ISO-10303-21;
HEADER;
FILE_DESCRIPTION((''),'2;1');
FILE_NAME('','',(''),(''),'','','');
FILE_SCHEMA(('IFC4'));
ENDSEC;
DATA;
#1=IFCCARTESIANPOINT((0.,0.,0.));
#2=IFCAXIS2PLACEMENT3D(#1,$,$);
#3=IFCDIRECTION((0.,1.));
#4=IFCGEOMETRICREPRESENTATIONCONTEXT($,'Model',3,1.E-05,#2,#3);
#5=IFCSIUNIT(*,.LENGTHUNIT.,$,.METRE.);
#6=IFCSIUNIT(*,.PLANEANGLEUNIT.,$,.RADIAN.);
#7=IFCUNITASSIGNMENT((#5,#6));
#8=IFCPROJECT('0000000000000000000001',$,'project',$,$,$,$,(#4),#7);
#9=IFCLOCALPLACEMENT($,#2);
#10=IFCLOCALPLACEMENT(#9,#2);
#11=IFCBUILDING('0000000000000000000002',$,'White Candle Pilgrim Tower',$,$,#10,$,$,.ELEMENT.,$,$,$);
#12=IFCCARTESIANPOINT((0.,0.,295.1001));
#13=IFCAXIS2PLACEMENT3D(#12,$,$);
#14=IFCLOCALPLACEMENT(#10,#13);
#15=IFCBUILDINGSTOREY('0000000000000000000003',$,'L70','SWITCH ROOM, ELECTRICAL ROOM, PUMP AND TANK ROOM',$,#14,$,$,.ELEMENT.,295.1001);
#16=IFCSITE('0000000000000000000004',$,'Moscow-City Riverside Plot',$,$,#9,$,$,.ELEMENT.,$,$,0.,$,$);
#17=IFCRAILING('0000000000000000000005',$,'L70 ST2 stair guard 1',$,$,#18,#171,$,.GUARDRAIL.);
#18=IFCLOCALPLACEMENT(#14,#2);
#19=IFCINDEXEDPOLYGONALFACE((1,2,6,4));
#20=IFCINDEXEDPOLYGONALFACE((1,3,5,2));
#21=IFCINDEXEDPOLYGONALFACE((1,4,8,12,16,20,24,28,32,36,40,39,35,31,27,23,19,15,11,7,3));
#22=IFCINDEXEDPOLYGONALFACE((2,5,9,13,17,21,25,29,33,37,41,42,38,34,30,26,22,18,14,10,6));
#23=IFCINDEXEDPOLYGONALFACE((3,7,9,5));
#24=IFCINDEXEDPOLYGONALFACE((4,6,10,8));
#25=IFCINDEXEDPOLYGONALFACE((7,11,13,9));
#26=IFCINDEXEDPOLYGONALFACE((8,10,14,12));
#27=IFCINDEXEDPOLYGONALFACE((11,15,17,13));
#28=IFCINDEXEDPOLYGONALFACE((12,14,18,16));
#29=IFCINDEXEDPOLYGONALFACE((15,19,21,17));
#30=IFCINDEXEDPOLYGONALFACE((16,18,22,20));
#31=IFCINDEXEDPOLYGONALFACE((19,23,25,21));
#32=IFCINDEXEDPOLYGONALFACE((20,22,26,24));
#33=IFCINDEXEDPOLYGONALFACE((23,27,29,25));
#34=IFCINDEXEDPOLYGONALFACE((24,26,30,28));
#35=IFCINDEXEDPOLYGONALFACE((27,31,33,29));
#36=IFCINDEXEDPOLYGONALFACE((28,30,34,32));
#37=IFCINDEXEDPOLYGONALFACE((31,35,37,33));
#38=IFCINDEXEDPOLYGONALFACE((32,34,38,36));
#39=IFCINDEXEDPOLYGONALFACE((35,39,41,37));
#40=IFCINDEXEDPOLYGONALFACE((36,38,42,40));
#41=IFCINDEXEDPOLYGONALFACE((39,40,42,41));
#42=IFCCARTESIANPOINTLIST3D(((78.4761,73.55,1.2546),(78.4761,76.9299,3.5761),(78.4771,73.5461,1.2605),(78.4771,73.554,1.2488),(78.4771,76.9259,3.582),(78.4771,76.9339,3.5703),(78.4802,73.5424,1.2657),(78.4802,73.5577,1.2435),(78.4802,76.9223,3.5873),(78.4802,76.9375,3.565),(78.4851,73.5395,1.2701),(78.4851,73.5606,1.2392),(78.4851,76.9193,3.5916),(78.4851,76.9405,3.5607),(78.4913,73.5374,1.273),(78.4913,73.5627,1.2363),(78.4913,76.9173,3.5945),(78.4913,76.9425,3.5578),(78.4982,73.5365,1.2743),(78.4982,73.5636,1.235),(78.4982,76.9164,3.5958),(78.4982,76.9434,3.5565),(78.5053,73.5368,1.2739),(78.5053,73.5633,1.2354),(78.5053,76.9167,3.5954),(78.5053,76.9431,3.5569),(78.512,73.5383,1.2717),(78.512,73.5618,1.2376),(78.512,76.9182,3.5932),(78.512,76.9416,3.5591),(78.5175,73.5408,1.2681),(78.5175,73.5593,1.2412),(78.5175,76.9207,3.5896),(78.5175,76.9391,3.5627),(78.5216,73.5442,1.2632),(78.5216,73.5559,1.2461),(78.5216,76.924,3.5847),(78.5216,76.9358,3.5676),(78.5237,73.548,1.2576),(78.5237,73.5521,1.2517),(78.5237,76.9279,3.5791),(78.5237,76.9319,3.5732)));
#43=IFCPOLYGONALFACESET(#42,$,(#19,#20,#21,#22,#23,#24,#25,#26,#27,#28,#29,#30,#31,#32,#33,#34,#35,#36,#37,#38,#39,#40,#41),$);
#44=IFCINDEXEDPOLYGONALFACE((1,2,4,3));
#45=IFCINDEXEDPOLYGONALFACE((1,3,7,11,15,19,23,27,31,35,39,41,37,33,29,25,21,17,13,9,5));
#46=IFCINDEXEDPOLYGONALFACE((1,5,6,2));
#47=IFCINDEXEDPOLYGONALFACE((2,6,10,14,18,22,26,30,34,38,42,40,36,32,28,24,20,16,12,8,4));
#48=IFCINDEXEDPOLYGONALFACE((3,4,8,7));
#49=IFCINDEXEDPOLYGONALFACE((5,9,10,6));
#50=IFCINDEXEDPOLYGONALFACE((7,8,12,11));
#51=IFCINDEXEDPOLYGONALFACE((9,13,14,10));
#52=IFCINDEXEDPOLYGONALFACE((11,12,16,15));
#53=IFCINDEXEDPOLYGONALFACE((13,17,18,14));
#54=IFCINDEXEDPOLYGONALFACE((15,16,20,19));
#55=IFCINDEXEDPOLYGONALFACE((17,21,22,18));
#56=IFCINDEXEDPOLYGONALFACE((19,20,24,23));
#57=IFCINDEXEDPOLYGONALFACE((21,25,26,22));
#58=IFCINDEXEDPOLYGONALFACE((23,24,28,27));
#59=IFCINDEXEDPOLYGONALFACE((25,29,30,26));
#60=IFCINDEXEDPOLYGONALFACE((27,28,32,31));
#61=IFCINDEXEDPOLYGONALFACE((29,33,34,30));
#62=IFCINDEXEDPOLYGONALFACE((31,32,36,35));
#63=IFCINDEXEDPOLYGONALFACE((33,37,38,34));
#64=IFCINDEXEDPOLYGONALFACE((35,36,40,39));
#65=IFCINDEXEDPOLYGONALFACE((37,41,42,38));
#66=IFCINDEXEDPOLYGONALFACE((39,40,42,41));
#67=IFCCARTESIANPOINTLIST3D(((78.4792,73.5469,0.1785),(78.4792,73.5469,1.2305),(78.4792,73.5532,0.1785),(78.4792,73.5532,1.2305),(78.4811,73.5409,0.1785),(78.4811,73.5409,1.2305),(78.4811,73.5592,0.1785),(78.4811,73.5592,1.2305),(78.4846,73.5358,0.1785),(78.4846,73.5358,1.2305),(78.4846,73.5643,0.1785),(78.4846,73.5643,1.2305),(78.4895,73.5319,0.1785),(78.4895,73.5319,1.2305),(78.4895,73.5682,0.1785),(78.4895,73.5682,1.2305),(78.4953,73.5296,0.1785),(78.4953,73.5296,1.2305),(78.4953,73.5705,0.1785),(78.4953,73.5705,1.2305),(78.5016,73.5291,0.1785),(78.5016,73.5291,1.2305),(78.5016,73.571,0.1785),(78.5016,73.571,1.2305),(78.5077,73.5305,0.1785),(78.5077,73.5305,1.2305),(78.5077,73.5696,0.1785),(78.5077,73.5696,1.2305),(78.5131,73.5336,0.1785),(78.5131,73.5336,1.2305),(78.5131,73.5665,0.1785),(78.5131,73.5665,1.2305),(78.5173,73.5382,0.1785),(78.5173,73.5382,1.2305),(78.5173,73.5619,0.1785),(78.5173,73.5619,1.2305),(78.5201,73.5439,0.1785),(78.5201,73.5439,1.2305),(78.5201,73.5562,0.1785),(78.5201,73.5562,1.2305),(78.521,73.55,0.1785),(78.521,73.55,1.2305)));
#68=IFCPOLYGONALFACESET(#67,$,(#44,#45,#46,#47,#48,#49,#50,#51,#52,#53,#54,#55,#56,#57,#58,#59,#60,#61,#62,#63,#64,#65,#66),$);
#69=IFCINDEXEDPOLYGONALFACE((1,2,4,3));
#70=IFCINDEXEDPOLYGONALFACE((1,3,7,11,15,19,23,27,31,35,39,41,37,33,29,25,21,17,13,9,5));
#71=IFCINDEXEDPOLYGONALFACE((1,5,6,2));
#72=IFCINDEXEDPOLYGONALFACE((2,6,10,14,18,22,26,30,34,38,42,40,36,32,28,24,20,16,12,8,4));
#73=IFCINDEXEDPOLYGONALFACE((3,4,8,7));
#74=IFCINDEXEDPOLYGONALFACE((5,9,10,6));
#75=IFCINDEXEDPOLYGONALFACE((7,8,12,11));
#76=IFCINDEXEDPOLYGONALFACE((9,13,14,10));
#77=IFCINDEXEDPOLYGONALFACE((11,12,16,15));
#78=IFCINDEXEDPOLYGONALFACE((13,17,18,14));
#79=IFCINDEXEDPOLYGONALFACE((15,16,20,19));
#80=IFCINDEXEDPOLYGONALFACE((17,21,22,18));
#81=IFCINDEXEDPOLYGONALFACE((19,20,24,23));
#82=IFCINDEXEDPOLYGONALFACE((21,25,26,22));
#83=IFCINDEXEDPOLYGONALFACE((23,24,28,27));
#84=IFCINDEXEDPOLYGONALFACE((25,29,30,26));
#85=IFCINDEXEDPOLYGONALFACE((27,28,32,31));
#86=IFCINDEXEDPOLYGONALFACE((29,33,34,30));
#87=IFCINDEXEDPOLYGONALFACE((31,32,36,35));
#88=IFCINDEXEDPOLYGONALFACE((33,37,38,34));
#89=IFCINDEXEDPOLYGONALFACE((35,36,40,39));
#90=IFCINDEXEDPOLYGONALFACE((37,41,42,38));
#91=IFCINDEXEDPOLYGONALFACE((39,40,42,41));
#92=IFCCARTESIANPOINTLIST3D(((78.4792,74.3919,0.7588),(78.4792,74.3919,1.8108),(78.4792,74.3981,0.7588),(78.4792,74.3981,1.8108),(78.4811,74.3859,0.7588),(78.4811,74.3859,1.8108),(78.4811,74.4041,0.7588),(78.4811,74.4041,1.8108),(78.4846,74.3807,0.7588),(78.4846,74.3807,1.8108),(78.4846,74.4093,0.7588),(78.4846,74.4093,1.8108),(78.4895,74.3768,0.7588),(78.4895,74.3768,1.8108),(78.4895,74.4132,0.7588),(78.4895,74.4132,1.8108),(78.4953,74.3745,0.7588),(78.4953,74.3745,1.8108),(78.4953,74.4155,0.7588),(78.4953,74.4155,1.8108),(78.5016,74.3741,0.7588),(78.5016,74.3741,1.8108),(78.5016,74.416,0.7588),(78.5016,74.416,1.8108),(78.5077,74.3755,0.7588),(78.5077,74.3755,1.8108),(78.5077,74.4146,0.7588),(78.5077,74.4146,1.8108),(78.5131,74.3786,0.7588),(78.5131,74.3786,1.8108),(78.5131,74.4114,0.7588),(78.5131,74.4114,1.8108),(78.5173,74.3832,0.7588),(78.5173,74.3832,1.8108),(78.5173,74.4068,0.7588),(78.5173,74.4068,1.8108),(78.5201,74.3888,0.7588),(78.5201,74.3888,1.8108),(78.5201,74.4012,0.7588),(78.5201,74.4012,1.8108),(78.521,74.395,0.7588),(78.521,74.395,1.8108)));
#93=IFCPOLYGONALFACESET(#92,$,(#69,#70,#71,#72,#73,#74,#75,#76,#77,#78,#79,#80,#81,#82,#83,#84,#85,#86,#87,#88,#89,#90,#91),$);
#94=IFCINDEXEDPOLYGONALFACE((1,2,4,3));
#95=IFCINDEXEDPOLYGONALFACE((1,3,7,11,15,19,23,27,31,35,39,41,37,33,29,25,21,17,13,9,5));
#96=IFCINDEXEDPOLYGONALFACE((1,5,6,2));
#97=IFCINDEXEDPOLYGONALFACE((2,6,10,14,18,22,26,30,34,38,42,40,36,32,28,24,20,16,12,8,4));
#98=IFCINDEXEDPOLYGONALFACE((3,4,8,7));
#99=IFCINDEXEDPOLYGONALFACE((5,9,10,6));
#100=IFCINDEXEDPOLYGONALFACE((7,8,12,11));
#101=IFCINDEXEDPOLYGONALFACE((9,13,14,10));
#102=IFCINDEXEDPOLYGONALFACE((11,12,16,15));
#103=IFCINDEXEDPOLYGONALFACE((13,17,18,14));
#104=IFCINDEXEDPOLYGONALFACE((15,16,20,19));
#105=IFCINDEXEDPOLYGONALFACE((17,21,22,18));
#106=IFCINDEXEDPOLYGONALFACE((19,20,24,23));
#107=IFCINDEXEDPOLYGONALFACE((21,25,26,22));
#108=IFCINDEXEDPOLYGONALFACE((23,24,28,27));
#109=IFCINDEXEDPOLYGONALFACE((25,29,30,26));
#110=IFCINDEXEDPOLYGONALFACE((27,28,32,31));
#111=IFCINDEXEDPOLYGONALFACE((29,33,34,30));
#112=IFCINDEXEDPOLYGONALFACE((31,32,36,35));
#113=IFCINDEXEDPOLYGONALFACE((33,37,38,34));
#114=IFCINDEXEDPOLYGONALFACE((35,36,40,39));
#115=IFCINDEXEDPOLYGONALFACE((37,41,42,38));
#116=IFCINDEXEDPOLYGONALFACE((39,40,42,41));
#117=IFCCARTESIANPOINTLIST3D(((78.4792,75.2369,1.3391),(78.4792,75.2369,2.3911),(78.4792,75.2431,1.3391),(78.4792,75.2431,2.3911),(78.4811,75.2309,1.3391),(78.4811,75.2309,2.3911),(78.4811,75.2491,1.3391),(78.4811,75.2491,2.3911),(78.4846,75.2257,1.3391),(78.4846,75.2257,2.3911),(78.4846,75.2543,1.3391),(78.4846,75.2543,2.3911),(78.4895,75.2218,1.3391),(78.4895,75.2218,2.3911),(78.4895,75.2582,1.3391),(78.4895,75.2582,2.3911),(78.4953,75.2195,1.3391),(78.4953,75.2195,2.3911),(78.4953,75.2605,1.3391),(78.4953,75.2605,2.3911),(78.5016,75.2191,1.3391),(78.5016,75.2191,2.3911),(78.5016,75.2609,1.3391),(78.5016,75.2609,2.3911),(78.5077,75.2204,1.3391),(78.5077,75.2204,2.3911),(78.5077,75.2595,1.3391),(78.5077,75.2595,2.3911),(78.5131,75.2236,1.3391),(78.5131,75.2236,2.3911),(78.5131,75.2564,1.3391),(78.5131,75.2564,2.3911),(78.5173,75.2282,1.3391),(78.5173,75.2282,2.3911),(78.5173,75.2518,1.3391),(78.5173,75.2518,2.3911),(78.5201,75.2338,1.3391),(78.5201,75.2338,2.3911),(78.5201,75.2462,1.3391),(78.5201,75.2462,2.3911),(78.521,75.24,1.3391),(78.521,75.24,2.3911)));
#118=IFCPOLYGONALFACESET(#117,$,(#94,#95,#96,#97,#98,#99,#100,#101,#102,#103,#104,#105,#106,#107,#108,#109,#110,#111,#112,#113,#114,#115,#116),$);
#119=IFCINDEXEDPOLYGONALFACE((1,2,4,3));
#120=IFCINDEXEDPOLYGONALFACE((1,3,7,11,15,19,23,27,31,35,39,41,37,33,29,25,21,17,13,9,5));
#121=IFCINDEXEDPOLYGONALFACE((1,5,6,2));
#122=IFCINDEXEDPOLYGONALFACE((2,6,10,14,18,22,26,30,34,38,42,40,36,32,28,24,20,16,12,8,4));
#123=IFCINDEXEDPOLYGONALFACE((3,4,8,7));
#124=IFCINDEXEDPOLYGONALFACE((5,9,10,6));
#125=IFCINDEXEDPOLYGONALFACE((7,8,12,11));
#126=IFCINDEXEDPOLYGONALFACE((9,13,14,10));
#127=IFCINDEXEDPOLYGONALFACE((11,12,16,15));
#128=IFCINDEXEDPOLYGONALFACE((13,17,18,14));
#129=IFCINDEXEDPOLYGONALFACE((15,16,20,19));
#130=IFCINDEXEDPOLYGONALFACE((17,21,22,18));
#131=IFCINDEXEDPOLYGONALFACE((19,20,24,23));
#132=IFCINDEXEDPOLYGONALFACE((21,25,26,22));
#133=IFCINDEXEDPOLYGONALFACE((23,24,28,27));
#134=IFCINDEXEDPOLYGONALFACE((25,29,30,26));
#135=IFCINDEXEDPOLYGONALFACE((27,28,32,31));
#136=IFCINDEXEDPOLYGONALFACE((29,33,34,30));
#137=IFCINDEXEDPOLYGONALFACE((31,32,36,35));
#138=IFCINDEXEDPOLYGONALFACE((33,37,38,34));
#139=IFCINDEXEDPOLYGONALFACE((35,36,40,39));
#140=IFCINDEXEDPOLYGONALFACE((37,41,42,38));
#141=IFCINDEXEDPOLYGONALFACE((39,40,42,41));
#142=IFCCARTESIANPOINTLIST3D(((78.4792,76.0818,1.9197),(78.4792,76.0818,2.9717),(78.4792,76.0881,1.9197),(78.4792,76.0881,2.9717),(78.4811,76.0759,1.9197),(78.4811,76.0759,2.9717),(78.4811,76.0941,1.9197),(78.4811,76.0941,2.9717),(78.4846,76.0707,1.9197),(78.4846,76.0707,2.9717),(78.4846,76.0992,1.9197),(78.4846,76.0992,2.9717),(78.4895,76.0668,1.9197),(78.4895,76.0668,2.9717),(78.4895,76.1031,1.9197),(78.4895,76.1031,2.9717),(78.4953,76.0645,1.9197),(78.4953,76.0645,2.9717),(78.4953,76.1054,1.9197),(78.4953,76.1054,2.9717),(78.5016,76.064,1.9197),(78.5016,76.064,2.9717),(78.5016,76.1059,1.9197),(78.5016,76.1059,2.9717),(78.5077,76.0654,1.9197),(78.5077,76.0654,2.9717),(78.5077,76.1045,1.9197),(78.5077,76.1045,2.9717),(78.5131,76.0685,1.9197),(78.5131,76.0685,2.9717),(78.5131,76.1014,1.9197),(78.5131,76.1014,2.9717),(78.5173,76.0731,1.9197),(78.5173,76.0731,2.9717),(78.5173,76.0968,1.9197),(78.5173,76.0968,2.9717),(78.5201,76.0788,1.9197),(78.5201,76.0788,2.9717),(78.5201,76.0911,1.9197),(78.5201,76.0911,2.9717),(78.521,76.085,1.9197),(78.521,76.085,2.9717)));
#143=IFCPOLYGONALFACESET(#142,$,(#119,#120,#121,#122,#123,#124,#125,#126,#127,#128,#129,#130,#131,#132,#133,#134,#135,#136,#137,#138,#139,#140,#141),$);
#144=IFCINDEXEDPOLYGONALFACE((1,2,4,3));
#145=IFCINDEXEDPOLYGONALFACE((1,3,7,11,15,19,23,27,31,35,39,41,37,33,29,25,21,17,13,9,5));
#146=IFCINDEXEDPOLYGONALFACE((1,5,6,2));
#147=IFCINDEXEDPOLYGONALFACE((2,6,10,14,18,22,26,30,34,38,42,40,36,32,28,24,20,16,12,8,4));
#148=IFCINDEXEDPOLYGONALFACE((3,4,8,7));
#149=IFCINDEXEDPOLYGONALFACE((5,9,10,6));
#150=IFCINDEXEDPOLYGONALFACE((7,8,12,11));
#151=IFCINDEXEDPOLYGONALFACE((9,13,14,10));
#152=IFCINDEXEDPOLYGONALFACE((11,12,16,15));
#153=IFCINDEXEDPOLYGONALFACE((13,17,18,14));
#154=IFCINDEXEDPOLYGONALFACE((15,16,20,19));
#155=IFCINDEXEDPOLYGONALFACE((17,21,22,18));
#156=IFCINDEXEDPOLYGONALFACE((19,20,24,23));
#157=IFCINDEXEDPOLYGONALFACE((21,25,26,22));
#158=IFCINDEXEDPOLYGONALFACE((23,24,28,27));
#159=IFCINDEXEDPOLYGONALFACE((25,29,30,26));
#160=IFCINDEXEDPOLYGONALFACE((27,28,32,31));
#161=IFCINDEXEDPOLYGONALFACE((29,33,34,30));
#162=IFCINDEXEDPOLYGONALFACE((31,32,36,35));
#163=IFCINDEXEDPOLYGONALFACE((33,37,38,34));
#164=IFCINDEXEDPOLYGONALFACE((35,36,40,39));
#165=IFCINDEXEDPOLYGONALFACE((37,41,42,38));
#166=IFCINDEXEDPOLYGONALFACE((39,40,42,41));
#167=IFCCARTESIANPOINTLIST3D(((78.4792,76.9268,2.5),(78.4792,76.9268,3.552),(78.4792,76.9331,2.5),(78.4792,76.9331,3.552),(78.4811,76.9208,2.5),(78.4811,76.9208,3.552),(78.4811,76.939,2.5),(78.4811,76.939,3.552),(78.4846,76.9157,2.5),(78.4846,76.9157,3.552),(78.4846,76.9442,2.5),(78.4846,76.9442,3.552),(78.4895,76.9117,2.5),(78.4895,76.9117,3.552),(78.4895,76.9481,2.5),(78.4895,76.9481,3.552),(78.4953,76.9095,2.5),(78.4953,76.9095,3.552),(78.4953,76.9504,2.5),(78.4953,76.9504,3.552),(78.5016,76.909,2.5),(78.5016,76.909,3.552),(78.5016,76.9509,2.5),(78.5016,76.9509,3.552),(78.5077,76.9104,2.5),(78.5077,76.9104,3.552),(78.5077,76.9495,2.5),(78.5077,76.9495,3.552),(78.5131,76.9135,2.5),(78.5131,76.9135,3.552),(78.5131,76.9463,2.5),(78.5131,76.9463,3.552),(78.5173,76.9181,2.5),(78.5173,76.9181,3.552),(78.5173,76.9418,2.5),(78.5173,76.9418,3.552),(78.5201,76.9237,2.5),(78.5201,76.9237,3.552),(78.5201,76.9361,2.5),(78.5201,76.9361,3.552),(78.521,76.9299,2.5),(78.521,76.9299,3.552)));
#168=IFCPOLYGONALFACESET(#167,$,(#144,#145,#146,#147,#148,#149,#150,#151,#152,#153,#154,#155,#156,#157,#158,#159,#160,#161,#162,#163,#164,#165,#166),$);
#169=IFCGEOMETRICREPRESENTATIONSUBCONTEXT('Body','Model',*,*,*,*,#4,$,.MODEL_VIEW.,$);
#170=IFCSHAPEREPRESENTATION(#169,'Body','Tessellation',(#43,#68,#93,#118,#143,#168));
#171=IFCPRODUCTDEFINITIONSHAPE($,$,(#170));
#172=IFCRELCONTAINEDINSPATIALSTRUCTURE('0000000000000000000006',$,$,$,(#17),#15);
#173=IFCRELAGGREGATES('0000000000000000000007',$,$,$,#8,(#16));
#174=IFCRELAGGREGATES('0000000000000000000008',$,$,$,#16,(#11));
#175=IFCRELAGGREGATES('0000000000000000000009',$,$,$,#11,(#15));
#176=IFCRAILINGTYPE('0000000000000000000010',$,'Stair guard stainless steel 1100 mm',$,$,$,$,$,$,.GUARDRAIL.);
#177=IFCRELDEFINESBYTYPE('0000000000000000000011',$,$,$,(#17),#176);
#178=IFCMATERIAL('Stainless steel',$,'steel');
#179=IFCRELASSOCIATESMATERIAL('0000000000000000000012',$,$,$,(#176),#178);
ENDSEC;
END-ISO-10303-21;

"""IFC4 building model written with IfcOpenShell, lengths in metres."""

from ifc_helpers import new_model, si_unit, direction, frame, origin, origin_2d, place, context, subcontext, project, spatial, circle, extrude, material, type_object, element, save


model = new_model("IFC4")

# Units and contexts
model_context = context("Model", 3, precision=1e-05, world=origin(), true_north=direction((0.0, 1.0)))
body_context = subcontext(model_context, "Body", "Model", "MODEL_VIEW")
ifc_project = project(units=[si_unit("LENGTHUNIT", "METRE"), si_unit("PLANEANGLEUNIT", "RADIAN")], contexts=[model_context])

# Site, building, storey
site_placement = place(None, origin())
site = spatial("IfcSite", under=ifc_project, at=site_placement, Name="Moscow-City Riverside Plot", CompositionType="ELEMENT", RefElevation=0.0)
building_placement = place(site_placement, origin())
building = spatial("IfcBuilding", under=site, at=building_placement, Name="White Candle Pilgrim Tower", CompositionType="ELEMENT")
storey_placement = place(building_placement, frame((0.0, 0.0, 295.1001)))
storey = spatial("IfcBuildingStorey", under=building, at=storey_placement, Name="L70", Description="SWITCH ROOM, ELECTRICAL ROOM, PUMP AND TANK ROOM", CompositionType="ELEMENT", Elevation=295.1001)

# Railing
ifc_material_1 = material(Name="Stainless steel", Category="steel")
railing_type_1 = type_object("IfcRailingType", Name="Stair guard stainless steel 1100 mm", PredefinedType="GUARDRAIL", material=ifc_material_1)
railing_1_placement = place(storey_placement, frame((78.5, 73.55, 0.1785)))
element("IfcRailing", 1, at=railing_1_placement, inside=storey, type_object=railing_type_1, Name="L70 ST2 stair guard 1", PredefinedType="GUARDRAIL", context=body_context, shape_type="SweptSolid", body=[
    extrude(circle(Radius=0.0239, at=origin_2d()), frame((0.0, 0.0, 1.0762), z_axis=(0.0, 0.824285, 0.566175), x_axis=(-1.0, 0.0, 0.0)), (0.0, 0.0, 1.0), 4.1003),
    extrude(circle(Radius=0.021, at=origin_2d()), origin(), (0.0, 0.0, 1.0), 1.052),
    extrude(circle(Radius=0.021, at=origin_2d()), frame((0.0, 0.845, 0.5803)), (0.0, 0.0, 1.0), 1.052),
    extrude(circle(Radius=0.021, at=origin_2d()), frame((0.0, 1.6899, 1.1606)), (0.0, 0.0, 1.0), 1.052),
    extrude(circle(Radius=0.021, at=origin_2d()), frame((0.0, 2.5349, 1.7412)), (0.0, 0.0, 1.0), 1.052),
    extrude(circle(Radius=0.021, at=origin_2d()), frame((0.0, 3.3799, 2.3215)), (0.0, 0.0, 1.0), 1.052),
])

save(model, "model.ifc")
